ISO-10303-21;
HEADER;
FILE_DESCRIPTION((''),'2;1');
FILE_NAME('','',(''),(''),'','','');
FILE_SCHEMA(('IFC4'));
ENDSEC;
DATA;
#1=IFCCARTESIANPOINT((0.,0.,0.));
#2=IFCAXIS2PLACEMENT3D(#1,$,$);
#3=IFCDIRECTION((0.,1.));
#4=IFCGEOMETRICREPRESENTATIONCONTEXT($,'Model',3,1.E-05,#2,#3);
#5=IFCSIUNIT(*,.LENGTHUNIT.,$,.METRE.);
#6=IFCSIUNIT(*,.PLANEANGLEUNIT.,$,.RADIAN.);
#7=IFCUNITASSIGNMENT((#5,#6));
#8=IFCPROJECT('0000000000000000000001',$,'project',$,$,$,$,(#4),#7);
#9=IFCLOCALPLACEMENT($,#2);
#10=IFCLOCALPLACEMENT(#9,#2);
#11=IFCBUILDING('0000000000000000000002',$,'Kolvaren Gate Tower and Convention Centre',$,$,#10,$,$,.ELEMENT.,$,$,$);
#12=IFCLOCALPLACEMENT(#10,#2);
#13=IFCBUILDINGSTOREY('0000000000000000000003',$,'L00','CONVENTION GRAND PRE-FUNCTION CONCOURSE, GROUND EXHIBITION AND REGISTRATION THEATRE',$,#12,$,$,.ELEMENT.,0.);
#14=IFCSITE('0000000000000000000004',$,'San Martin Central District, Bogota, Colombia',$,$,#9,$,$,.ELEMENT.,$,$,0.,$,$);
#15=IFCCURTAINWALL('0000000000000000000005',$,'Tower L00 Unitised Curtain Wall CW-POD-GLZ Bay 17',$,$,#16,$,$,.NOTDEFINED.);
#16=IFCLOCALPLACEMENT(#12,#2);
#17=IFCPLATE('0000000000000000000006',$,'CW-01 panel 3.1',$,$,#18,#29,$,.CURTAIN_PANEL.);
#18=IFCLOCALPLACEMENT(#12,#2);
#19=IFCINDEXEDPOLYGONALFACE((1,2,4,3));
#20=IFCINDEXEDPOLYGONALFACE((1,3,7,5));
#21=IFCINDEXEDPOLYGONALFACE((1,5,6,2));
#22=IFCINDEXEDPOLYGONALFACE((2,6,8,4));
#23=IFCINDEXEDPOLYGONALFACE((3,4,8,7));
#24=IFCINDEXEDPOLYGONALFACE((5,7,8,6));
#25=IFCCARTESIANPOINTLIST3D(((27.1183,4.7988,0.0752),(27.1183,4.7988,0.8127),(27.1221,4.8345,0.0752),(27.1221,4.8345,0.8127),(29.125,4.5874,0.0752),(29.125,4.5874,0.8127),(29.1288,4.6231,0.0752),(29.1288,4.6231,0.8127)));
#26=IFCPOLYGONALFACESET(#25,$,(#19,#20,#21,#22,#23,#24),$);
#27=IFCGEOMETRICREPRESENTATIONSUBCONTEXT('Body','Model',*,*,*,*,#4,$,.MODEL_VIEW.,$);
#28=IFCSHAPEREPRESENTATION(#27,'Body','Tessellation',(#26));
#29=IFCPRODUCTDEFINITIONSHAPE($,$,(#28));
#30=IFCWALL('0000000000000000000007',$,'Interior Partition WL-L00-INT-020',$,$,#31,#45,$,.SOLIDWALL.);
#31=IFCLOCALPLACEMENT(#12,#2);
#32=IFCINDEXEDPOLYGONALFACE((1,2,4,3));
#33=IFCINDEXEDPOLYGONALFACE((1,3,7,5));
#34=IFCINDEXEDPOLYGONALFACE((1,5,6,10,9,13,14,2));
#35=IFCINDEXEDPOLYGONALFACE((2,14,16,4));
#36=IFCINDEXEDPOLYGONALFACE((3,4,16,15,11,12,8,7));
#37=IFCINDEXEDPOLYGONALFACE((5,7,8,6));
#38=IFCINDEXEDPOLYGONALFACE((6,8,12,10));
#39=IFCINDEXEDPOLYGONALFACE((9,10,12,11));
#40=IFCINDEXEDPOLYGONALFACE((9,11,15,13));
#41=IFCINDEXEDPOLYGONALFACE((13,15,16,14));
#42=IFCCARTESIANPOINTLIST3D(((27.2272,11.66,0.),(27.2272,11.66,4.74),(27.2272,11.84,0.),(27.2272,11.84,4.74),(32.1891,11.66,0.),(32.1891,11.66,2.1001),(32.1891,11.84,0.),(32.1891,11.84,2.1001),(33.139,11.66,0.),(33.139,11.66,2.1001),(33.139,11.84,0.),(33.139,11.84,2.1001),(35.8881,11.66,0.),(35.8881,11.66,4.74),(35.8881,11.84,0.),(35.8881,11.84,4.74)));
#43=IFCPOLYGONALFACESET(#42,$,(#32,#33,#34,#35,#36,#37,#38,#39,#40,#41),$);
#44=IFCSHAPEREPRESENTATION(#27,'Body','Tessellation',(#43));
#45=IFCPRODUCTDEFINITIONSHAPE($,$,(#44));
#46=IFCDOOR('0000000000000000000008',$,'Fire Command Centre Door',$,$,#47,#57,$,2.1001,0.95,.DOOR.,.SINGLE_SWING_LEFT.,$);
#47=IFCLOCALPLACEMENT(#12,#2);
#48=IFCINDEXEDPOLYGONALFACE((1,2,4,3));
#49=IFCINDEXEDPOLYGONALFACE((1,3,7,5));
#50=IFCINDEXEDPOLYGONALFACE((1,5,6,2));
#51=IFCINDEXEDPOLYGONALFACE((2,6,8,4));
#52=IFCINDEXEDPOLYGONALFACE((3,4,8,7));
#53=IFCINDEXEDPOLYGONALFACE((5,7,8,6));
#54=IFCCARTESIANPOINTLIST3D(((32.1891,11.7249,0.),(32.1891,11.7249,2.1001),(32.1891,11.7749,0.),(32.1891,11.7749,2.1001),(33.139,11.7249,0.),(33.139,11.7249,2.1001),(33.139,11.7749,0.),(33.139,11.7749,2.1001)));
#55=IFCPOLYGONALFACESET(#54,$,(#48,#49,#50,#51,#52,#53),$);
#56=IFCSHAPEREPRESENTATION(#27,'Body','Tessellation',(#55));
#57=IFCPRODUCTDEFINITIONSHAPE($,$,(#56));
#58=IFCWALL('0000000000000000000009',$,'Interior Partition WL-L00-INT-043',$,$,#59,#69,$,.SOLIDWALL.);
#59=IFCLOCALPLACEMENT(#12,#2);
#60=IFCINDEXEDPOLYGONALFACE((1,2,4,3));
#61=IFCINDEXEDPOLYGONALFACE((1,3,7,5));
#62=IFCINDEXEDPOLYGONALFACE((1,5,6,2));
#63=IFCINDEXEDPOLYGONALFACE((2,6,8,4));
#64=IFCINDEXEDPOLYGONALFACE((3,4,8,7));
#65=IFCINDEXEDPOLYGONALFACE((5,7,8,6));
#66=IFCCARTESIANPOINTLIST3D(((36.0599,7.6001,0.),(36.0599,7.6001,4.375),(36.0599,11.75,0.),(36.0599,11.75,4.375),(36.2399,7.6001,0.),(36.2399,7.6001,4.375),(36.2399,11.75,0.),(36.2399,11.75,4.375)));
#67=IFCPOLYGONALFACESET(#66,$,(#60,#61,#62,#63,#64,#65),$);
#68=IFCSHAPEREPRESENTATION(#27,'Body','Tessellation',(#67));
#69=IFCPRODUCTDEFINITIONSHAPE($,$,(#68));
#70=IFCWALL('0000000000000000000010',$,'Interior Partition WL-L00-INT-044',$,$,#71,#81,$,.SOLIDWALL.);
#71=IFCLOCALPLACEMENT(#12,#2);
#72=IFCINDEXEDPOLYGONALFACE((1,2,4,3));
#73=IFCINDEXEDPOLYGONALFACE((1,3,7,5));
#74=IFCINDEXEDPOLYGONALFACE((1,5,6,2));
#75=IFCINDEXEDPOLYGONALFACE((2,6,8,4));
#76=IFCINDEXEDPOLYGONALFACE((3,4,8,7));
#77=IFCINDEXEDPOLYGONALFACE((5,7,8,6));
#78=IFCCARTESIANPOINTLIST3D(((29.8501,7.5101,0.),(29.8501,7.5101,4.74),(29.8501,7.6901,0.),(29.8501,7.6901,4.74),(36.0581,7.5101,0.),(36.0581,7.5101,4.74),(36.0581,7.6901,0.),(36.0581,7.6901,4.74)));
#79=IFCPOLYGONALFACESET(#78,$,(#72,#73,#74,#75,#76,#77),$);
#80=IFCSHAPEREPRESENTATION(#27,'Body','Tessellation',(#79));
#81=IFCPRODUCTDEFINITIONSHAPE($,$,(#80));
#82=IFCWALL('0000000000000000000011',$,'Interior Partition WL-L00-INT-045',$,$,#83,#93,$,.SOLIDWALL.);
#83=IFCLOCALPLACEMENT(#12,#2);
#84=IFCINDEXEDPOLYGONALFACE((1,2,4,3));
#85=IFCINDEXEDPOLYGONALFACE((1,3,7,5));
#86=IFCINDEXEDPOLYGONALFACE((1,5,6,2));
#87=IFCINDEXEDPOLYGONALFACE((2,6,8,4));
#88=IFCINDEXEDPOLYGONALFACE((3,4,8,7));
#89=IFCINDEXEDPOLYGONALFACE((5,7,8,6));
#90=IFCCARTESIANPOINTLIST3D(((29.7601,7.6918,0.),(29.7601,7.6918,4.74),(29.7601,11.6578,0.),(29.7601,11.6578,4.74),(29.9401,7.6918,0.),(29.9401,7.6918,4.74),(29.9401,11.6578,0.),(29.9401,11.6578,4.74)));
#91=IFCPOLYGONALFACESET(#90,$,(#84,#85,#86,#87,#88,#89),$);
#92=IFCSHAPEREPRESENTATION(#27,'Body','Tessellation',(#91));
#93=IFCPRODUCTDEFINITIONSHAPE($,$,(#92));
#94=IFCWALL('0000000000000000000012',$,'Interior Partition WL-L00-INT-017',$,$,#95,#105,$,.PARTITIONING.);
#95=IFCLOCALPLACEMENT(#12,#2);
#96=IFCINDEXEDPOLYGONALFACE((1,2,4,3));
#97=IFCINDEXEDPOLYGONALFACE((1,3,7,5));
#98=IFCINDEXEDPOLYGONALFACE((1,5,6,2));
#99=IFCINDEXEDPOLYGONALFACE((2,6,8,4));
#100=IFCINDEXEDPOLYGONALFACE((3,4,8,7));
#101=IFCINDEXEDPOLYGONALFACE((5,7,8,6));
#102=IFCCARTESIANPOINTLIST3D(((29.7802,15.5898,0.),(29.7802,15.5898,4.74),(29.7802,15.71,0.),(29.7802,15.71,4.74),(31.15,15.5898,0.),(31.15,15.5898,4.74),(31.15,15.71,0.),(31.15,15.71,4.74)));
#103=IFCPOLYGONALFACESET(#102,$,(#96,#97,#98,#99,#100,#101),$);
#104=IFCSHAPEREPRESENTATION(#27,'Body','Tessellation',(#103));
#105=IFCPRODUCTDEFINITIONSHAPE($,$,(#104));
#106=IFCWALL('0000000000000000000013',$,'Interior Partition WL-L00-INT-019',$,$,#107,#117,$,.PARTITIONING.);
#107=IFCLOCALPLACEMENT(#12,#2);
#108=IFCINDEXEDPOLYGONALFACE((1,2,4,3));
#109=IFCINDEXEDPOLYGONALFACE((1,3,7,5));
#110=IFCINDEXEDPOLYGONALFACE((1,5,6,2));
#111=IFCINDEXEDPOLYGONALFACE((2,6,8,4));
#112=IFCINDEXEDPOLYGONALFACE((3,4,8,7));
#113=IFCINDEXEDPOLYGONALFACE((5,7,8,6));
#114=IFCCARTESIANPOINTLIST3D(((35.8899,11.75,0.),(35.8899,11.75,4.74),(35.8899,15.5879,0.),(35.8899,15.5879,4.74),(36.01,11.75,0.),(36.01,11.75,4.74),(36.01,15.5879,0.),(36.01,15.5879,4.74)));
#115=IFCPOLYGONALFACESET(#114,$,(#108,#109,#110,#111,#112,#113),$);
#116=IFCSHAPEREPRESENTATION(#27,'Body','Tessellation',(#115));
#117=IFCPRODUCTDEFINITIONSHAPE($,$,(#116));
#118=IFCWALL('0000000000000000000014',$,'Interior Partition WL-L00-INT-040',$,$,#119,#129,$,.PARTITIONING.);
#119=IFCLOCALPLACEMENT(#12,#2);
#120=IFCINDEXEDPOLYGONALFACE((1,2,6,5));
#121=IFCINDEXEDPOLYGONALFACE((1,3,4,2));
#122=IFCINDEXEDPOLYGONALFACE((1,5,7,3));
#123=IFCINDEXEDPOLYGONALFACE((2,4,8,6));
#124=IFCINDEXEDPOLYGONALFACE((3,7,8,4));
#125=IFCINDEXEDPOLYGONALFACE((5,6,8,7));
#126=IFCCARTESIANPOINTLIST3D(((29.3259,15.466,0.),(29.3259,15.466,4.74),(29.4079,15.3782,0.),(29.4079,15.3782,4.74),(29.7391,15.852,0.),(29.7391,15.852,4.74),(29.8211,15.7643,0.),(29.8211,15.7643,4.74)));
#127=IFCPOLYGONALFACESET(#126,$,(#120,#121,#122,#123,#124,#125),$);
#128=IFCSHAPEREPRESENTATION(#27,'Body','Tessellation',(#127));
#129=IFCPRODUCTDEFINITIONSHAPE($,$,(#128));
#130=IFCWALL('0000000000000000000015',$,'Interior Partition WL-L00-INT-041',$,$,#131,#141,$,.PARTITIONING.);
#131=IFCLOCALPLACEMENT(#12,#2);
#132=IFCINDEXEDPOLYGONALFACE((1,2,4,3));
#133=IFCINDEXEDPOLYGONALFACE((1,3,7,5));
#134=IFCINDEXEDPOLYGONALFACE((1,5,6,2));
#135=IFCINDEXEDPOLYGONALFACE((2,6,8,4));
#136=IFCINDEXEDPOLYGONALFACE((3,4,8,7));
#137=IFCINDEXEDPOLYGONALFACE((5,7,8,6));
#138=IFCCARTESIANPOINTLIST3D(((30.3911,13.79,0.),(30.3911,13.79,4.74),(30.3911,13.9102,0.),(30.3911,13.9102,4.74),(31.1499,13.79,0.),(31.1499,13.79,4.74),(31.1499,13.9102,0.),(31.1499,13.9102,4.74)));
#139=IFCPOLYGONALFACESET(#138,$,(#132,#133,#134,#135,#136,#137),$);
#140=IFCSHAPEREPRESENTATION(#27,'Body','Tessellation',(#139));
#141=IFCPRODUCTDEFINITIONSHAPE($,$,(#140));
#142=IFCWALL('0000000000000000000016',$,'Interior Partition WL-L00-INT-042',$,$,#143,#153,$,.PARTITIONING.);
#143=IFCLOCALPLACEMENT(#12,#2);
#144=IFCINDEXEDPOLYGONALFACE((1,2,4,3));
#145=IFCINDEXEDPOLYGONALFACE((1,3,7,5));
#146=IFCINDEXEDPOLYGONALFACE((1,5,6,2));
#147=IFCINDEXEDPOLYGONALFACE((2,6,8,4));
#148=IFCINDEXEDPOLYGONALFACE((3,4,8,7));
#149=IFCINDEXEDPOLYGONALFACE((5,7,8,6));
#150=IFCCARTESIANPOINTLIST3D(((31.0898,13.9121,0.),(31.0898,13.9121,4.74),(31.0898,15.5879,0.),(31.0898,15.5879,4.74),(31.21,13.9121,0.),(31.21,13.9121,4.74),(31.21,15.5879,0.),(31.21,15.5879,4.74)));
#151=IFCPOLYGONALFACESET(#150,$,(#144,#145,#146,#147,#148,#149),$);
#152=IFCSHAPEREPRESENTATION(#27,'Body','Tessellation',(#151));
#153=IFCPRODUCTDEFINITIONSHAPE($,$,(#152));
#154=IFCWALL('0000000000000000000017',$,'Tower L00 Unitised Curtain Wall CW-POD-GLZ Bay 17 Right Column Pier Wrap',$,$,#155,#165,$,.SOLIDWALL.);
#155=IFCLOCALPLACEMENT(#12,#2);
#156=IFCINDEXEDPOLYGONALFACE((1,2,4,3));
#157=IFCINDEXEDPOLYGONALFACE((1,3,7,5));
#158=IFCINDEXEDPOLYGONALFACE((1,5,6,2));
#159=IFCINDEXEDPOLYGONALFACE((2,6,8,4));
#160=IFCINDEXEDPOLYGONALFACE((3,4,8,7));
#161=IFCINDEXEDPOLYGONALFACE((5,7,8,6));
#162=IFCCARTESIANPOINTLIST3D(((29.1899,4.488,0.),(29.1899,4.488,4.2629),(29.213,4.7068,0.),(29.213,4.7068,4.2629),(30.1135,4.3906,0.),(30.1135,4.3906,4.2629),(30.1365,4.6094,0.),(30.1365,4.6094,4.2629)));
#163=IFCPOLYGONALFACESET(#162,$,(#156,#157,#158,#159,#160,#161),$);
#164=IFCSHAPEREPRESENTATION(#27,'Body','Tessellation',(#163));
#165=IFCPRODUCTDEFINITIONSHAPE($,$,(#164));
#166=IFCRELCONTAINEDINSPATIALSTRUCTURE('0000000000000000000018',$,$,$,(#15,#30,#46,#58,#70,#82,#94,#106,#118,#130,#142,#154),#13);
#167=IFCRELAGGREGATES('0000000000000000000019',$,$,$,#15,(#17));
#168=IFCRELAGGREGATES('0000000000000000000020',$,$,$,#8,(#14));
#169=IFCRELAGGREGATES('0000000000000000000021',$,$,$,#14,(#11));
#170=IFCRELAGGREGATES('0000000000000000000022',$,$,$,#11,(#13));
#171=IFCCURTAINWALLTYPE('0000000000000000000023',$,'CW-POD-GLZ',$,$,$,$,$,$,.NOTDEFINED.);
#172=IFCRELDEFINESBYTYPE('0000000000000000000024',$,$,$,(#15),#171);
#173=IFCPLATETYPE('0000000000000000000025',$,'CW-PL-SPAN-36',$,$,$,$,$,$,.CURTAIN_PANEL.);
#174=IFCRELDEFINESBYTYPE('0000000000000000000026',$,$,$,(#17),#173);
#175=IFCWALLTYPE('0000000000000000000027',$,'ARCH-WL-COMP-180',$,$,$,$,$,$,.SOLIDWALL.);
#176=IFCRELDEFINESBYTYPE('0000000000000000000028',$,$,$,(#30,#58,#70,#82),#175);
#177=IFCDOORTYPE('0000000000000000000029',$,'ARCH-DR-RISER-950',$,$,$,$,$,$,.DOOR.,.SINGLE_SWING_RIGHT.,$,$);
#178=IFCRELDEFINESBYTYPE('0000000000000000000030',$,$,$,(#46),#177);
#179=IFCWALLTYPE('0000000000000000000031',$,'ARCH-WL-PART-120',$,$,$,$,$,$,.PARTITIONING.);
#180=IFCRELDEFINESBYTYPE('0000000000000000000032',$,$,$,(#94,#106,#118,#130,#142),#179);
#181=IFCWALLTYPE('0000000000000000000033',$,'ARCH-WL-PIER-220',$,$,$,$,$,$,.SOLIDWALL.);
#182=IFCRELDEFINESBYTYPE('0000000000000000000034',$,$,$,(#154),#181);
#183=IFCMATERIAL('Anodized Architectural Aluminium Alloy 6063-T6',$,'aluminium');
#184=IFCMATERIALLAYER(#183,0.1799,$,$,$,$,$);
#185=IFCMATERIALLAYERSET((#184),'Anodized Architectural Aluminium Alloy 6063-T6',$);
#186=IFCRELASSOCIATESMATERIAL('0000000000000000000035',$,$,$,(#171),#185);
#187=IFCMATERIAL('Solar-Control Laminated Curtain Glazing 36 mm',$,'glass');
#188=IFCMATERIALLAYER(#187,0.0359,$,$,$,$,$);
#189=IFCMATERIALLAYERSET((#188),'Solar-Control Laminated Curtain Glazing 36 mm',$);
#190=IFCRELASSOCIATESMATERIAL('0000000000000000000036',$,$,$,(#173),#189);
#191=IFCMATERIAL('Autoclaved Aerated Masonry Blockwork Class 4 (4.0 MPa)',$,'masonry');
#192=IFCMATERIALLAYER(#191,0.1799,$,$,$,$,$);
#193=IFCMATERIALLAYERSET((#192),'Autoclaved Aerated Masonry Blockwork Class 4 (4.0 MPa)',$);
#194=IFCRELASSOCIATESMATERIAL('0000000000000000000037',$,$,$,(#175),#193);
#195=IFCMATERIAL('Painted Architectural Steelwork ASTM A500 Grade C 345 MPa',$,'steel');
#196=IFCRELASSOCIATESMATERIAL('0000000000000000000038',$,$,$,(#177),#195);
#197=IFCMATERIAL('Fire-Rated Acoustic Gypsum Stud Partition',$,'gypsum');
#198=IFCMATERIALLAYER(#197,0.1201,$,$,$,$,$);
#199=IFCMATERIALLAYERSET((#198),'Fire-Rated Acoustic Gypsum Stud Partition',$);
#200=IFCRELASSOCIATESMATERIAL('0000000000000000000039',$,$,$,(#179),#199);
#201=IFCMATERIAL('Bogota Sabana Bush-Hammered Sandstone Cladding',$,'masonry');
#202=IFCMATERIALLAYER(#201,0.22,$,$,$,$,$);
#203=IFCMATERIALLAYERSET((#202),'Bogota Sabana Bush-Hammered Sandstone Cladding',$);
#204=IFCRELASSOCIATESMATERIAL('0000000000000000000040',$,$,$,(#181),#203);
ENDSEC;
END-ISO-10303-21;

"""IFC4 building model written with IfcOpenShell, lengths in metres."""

from ifc_helpers import new_model, si_unit, direction, frame, frame_2d, origin, origin_2d, place, context, subcontext, project, spatial, rectangle, extrude, material, layer, layer_set, type_object, element, fill, aggregate, save


model = new_model("IFC4")

# Units and contexts
model_context = context("Model", 3, precision=1e-05, world=origin(), true_north=direction((0.0, 1.0)))
body_context = subcontext(model_context, "Body", "Model", "MODEL_VIEW")
ifc_project = project(units=[si_unit("LENGTHUNIT", "METRE"), si_unit("PLANEANGLEUNIT", "RADIAN")], contexts=[model_context])

# Site, building, storey
site_placement = place(None, origin())
site = spatial("IfcSite", under=ifc_project, at=site_placement, Name="San Martin Central District, Bogota, Colombia", CompositionType="ELEMENT", RefElevation=0.0)
building_placement = place(site_placement, origin())
building = spatial("IfcBuilding", under=site, at=building_placement, Name="Kolvaren Gate Tower and Convention Centre", CompositionType="ELEMENT")
storey_placement = place(building_placement, origin())
storey = spatial("IfcBuildingStorey", under=building, at=storey_placement, Name="L00", Description="CONVENTION GRAND PRE-FUNCTION CONCOURSE, GROUND EXHIBITION AND REGISTRATION THEATRE", CompositionType="ELEMENT", Elevation=0.0)

# Curtain wall
ifc_material_1 = material(Name="Anodized Architectural Aluminium Alloy 6063-T6", Category="aluminium")
ifc_layer_1 = layer(ifc_material_1, 0.1799)
ifc_layer_set_1 = layer_set([ifc_layer_1], Name="Anodized Architectural Aluminium Alloy 6063-T6")
curtain_wall_type = type_object("IfcCurtainWallType", Name="CW-POD-GLZ", PredefinedType="NOTDEFINED", material=ifc_layer_set_1)
curtain_wall_placement = place(storey_placement, origin())
curtain_wall = element("IfcCurtainWall", 1, at=curtain_wall_placement, inside=storey, type_object=curtain_wall_type, Name="Tower L00 Unitised Curtain Wall CW-POD-GLZ Bay 17", PredefinedType="NOTDEFINED")

# Plate
ifc_material_2 = material(Name="Solar-Control Laminated Curtain Glazing 36 mm", Category="glass")
ifc_layer_2 = layer(ifc_material_2, 0.0359)
ifc_layer_set_2 = layer_set([ifc_layer_2], Name="Solar-Control Laminated Curtain Glazing 36 mm")
plate_type_1 = type_object("IfcPlateType", Name="CW-PL-SPAN-36", PredefinedType="CURTAIN_PANEL", material=ifc_layer_set_2)
plate_1_placement = place(storey_placement, frame((28.1235, 4.7109, 0.0752), z_axis=(0.0, 0.0, 1.0), x_axis=(0.994499, -0.104742, 0.0)))
plate_1 = element("IfcPlate", 2, at=plate_1_placement, type_object=plate_type_1, Name="CW-01 panel 3.1", PredefinedType="CURTAIN_PANEL", context=body_context, shape_type="SweptSolid", body=[
    extrude(rectangle(XDim=2.0178, YDim=0.0359, at=origin_2d()), origin(), (0.0, 0.0, 1.0), 0.7375),
])
aggregate(curtain_wall, [plate_1])

# Wall, opening, door
ifc_material_3 = material(Name="Autoclaved Aerated Masonry Blockwork Class 4 (4.0 MPa)", Category="masonry")
ifc_layer_3 = layer(ifc_material_3, 0.1799)
ifc_layer_set_3 = layer_set([ifc_layer_3], Name="Autoclaved Aerated Masonry Blockwork Class 4 (4.0 MPa)")
wall_type_1 = type_object("IfcWallType", Name="ARCH-WL-COMP-180", PredefinedType="SOLIDWALL", material=ifc_layer_set_3)
wall_1_placement = place(storey_placement, frame((27.2271, 11.75, 0.0), z_axis=(0.0, 0.0, 1.0), x_axis=(1.0, 0.0, 0.0)))
wall_1 = element("IfcWall", 3, at=wall_1_placement, inside=storey, type_object=wall_type_1, Name="Interior Partition WL-L00-INT-020", PredefinedType="SOLIDWALL", context=body_context, shape_type="SweptSolid", body=[
    extrude(rectangle(XDim=8.6609, YDim=0.1799, at=frame_2d((4.3306, 0.0))), origin(), (0.0, 0.0, 1.0), 4.74),
])
opening_1_placement = place(wall_1_placement, frame((4.9619, 0.0, 0.0)))
opening_1 = element("IfcOpeningElement", 4, at=opening_1_placement, cuts=wall_1, PredefinedType="OPENING", context=body_context, shape_type="SweptSolid", body=[
    extrude(rectangle(XDim=0.95, YDim=2.1001, at=frame_2d((0.4751, 1.05))), frame((0.0, 0.0999, 0.0), z_axis=(0.0, -1.0, 0.0), x_axis=(1.0, 0.0, 0.0)), (0.0, 0.0, 1.0), 0.2),
])
ifc_material_4 = material(Name="Painted Architectural Steelwork ASTM A500 Grade C 345 MPa", Category="steel")
door_type_1 = type_object("IfcDoorType", Name="ARCH-DR-RISER-950", OperationType="SINGLE_SWING_RIGHT", PredefinedType="DOOR", material=ifc_material_4)
door_1_placement = place(opening_1_placement, origin())
door_1 = element("IfcDoor", 5, at=door_1_placement, inside=storey, type_object=door_type_1, Name="Fire Command Centre Door", OperationType="SINGLE_SWING_LEFT", OverallHeight=2.1001, OverallWidth=0.95, PredefinedType="DOOR", context=body_context, shape_type="SweptSolid", body=[
    extrude(rectangle(XDim=0.95, YDim=2.1001, at=frame_2d((0.4751, 1.05))), frame((0.0, 0.0249, 0.0), z_axis=(0.0, -1.0, 0.0), x_axis=(1.0, 0.0, 0.0)), (0.0, 0.0, 1.0), 0.05),
])
fill(opening_1, door_1)

# Walls
wall_2_placement = place(storey_placement, frame((36.1499, 7.6001, 0.0), z_axis=(0.0, 0.0, 1.0), x_axis=(0.0, 1.0, 0.0)))
element("IfcWall", 6, at=wall_2_placement, inside=storey, type_object=wall_type_1, Name="Interior Partition WL-L00-INT-043", PredefinedType="SOLIDWALL", context=body_context, shape_type="SweptSolid", body=[
    extrude(rectangle(XDim=4.1499, YDim=0.1799, at=frame_2d((2.075, 0.0))), origin(), (0.0, 0.0, 1.0), 4.375),
])
wall_3_placement = place(storey_placement, frame((29.8501, 7.6001, 0.0), z_axis=(0.0, 0.0, 1.0), x_axis=(1.0, 0.0, 0.0)))
element("IfcWall", 7, at=wall_3_placement, inside=storey, type_object=wall_type_1, Name="Interior Partition WL-L00-INT-044", PredefinedType="SOLIDWALL", context=body_context, shape_type="SweptSolid", body=[
    extrude(rectangle(XDim=6.208, YDim=0.1799, at=frame_2d((3.104, 0.0))), origin(), (0.0, 0.0, 1.0), 4.74),
])
wall_4_placement = place(storey_placement, frame((29.8501, 7.6919, 0.0), z_axis=(0.0, 0.0, 1.0), x_axis=(0.0, 1.0, 0.0)))
element("IfcWall", 8, at=wall_4_placement, inside=storey, type_object=wall_type_1, Name="Interior Partition WL-L00-INT-045", PredefinedType="SOLIDWALL", context=body_context, shape_type="SweptSolid", body=[
    extrude(rectangle(XDim=3.9661, YDim=0.1799, at=frame_2d((1.9829, 0.0))), origin(), (0.0, 0.0, 1.0), 4.74),
])
ifc_material_5 = material(Name="Fire-Rated Acoustic Gypsum Stud Partition", Category="gypsum")
ifc_layer_4 = layer(ifc_material_5, 0.1201)
ifc_layer_set_4 = layer_set([ifc_layer_4], Name="Fire-Rated Acoustic Gypsum Stud Partition")
wall_type_2 = type_object("IfcWallType", Name="ARCH-WL-PART-120", PredefinedType="PARTITIONING", material=ifc_layer_set_4)
wall_5_placement = place(storey_placement, frame((29.78, 15.6499, 0.0), z_axis=(0.0, 0.0, 1.0), x_axis=(1.0, 0.0, 0.0)))
element("IfcWall", 9, at=wall_5_placement, inside=storey, type_object=wall_type_2, Name="Interior Partition WL-L00-INT-017", PredefinedType="PARTITIONING", context=body_context, shape_type="SweptSolid", body=[
    extrude(rectangle(XDim=1.3699, YDim=0.1201, at=frame_2d((0.6851, 0.0))), origin(), (0.0, 0.0, 1.0), 4.74),
])
wall_6_placement = place(storey_placement, frame((35.95, 11.75, 0.0), z_axis=(0.0, 0.0, 1.0), x_axis=(0.0, 1.0, 0.0)))
element("IfcWall", 10, at=wall_6_placement, inside=storey, type_object=wall_type_2, Name="Interior Partition WL-L00-INT-019", PredefinedType="PARTITIONING", context=body_context, shape_type="SweptSolid", body=[
    extrude(rectangle(XDim=3.8379, YDim=0.1201, at=frame_2d((1.9189, 0.0))), origin(), (0.0, 0.0, 1.0), 4.74),
])
wall_7_placement = place(storey_placement, frame((29.3669, 15.4221, 0.0), z_axis=(0.0, 0.0, 1.0), x_axis=(0.730667, 0.682734, 0.0)))
element("IfcWall", 11, at=wall_7_placement, inside=storey, type_object=wall_type_2, Name="Interior Partition WL-L00-INT-040", PredefinedType="PARTITIONING", context=body_context, shape_type="SweptSolid", body=[
    extrude(rectangle(XDim=0.5654, YDim=0.1201, at=frame_2d((0.2827, 0.0))), origin(), (0.0, 0.0, 1.0), 4.74),
])
wall_8_placement = place(storey_placement, frame((30.3911, 13.8501, 0.0), z_axis=(0.0, 0.0, 1.0), x_axis=(1.0, 0.0, 0.0)))
element("IfcWall", 12, at=wall_8_placement, inside=storey, type_object=wall_type_2, Name="Interior Partition WL-L00-INT-041", PredefinedType="PARTITIONING", context=body_context, shape_type="SweptSolid", body=[
    extrude(rectangle(XDim=0.7588, YDim=0.1201, at=frame_2d((0.3794, 0.0))), origin(), (0.0, 0.0, 1.0), 4.74),
])
wall_9_placement = place(storey_placement, frame((31.1499, 13.9121, 0.0), z_axis=(0.0, 0.0, 1.0), x_axis=(0.0, 1.0, 0.0)))
element("IfcWall", 13, at=wall_9_placement, inside=storey, type_object=wall_type_2, Name="Interior Partition WL-L00-INT-042", PredefinedType="PARTITIONING", context=body_context, shape_type="SweptSolid", body=[
    extrude(rectangle(XDim=1.6758, YDim=0.1201, at=frame_2d((0.8379, 0.0))), origin(), (0.0, 0.0, 1.0), 4.74),
])
ifc_material_6 = material(Name="Bogota Sabana Bush-Hammered Sandstone Cladding", Category="masonry")
ifc_layer_5 = layer(ifc_material_6, 0.22)
ifc_layer_set_5 = layer_set([ifc_layer_5], Name="Bogota Sabana Bush-Hammered Sandstone Cladding")
wall_type_3 = type_object("IfcWallType", Name="ARCH-WL-PIER-220", PredefinedType="SOLIDWALL", material=ifc_layer_set_5)
wall_10_placement = place(storey_placement, frame((29.2014, 4.5974, 0.0), z_axis=(0.0, 0.0, 1.0), x_axis=(0.994484, -0.10489, 0.0)))
element("IfcWall", 14, at=wall_10_placement, inside=storey, type_object=wall_type_3, Name="Tower L00 Unitised Curtain Wall CW-POD-GLZ Bay 17 Right Column Pier Wrap", PredefinedType="SOLIDWALL", context=body_context, shape_type="SweptSolid", body=[
    extrude(rectangle(XDim=0.9287, YDim=0.22, at=frame_2d((0.4644, 0.0))), origin(), (0.0, 0.0, 1.0), 4.2629),
])

save(model, "model.ifc")
